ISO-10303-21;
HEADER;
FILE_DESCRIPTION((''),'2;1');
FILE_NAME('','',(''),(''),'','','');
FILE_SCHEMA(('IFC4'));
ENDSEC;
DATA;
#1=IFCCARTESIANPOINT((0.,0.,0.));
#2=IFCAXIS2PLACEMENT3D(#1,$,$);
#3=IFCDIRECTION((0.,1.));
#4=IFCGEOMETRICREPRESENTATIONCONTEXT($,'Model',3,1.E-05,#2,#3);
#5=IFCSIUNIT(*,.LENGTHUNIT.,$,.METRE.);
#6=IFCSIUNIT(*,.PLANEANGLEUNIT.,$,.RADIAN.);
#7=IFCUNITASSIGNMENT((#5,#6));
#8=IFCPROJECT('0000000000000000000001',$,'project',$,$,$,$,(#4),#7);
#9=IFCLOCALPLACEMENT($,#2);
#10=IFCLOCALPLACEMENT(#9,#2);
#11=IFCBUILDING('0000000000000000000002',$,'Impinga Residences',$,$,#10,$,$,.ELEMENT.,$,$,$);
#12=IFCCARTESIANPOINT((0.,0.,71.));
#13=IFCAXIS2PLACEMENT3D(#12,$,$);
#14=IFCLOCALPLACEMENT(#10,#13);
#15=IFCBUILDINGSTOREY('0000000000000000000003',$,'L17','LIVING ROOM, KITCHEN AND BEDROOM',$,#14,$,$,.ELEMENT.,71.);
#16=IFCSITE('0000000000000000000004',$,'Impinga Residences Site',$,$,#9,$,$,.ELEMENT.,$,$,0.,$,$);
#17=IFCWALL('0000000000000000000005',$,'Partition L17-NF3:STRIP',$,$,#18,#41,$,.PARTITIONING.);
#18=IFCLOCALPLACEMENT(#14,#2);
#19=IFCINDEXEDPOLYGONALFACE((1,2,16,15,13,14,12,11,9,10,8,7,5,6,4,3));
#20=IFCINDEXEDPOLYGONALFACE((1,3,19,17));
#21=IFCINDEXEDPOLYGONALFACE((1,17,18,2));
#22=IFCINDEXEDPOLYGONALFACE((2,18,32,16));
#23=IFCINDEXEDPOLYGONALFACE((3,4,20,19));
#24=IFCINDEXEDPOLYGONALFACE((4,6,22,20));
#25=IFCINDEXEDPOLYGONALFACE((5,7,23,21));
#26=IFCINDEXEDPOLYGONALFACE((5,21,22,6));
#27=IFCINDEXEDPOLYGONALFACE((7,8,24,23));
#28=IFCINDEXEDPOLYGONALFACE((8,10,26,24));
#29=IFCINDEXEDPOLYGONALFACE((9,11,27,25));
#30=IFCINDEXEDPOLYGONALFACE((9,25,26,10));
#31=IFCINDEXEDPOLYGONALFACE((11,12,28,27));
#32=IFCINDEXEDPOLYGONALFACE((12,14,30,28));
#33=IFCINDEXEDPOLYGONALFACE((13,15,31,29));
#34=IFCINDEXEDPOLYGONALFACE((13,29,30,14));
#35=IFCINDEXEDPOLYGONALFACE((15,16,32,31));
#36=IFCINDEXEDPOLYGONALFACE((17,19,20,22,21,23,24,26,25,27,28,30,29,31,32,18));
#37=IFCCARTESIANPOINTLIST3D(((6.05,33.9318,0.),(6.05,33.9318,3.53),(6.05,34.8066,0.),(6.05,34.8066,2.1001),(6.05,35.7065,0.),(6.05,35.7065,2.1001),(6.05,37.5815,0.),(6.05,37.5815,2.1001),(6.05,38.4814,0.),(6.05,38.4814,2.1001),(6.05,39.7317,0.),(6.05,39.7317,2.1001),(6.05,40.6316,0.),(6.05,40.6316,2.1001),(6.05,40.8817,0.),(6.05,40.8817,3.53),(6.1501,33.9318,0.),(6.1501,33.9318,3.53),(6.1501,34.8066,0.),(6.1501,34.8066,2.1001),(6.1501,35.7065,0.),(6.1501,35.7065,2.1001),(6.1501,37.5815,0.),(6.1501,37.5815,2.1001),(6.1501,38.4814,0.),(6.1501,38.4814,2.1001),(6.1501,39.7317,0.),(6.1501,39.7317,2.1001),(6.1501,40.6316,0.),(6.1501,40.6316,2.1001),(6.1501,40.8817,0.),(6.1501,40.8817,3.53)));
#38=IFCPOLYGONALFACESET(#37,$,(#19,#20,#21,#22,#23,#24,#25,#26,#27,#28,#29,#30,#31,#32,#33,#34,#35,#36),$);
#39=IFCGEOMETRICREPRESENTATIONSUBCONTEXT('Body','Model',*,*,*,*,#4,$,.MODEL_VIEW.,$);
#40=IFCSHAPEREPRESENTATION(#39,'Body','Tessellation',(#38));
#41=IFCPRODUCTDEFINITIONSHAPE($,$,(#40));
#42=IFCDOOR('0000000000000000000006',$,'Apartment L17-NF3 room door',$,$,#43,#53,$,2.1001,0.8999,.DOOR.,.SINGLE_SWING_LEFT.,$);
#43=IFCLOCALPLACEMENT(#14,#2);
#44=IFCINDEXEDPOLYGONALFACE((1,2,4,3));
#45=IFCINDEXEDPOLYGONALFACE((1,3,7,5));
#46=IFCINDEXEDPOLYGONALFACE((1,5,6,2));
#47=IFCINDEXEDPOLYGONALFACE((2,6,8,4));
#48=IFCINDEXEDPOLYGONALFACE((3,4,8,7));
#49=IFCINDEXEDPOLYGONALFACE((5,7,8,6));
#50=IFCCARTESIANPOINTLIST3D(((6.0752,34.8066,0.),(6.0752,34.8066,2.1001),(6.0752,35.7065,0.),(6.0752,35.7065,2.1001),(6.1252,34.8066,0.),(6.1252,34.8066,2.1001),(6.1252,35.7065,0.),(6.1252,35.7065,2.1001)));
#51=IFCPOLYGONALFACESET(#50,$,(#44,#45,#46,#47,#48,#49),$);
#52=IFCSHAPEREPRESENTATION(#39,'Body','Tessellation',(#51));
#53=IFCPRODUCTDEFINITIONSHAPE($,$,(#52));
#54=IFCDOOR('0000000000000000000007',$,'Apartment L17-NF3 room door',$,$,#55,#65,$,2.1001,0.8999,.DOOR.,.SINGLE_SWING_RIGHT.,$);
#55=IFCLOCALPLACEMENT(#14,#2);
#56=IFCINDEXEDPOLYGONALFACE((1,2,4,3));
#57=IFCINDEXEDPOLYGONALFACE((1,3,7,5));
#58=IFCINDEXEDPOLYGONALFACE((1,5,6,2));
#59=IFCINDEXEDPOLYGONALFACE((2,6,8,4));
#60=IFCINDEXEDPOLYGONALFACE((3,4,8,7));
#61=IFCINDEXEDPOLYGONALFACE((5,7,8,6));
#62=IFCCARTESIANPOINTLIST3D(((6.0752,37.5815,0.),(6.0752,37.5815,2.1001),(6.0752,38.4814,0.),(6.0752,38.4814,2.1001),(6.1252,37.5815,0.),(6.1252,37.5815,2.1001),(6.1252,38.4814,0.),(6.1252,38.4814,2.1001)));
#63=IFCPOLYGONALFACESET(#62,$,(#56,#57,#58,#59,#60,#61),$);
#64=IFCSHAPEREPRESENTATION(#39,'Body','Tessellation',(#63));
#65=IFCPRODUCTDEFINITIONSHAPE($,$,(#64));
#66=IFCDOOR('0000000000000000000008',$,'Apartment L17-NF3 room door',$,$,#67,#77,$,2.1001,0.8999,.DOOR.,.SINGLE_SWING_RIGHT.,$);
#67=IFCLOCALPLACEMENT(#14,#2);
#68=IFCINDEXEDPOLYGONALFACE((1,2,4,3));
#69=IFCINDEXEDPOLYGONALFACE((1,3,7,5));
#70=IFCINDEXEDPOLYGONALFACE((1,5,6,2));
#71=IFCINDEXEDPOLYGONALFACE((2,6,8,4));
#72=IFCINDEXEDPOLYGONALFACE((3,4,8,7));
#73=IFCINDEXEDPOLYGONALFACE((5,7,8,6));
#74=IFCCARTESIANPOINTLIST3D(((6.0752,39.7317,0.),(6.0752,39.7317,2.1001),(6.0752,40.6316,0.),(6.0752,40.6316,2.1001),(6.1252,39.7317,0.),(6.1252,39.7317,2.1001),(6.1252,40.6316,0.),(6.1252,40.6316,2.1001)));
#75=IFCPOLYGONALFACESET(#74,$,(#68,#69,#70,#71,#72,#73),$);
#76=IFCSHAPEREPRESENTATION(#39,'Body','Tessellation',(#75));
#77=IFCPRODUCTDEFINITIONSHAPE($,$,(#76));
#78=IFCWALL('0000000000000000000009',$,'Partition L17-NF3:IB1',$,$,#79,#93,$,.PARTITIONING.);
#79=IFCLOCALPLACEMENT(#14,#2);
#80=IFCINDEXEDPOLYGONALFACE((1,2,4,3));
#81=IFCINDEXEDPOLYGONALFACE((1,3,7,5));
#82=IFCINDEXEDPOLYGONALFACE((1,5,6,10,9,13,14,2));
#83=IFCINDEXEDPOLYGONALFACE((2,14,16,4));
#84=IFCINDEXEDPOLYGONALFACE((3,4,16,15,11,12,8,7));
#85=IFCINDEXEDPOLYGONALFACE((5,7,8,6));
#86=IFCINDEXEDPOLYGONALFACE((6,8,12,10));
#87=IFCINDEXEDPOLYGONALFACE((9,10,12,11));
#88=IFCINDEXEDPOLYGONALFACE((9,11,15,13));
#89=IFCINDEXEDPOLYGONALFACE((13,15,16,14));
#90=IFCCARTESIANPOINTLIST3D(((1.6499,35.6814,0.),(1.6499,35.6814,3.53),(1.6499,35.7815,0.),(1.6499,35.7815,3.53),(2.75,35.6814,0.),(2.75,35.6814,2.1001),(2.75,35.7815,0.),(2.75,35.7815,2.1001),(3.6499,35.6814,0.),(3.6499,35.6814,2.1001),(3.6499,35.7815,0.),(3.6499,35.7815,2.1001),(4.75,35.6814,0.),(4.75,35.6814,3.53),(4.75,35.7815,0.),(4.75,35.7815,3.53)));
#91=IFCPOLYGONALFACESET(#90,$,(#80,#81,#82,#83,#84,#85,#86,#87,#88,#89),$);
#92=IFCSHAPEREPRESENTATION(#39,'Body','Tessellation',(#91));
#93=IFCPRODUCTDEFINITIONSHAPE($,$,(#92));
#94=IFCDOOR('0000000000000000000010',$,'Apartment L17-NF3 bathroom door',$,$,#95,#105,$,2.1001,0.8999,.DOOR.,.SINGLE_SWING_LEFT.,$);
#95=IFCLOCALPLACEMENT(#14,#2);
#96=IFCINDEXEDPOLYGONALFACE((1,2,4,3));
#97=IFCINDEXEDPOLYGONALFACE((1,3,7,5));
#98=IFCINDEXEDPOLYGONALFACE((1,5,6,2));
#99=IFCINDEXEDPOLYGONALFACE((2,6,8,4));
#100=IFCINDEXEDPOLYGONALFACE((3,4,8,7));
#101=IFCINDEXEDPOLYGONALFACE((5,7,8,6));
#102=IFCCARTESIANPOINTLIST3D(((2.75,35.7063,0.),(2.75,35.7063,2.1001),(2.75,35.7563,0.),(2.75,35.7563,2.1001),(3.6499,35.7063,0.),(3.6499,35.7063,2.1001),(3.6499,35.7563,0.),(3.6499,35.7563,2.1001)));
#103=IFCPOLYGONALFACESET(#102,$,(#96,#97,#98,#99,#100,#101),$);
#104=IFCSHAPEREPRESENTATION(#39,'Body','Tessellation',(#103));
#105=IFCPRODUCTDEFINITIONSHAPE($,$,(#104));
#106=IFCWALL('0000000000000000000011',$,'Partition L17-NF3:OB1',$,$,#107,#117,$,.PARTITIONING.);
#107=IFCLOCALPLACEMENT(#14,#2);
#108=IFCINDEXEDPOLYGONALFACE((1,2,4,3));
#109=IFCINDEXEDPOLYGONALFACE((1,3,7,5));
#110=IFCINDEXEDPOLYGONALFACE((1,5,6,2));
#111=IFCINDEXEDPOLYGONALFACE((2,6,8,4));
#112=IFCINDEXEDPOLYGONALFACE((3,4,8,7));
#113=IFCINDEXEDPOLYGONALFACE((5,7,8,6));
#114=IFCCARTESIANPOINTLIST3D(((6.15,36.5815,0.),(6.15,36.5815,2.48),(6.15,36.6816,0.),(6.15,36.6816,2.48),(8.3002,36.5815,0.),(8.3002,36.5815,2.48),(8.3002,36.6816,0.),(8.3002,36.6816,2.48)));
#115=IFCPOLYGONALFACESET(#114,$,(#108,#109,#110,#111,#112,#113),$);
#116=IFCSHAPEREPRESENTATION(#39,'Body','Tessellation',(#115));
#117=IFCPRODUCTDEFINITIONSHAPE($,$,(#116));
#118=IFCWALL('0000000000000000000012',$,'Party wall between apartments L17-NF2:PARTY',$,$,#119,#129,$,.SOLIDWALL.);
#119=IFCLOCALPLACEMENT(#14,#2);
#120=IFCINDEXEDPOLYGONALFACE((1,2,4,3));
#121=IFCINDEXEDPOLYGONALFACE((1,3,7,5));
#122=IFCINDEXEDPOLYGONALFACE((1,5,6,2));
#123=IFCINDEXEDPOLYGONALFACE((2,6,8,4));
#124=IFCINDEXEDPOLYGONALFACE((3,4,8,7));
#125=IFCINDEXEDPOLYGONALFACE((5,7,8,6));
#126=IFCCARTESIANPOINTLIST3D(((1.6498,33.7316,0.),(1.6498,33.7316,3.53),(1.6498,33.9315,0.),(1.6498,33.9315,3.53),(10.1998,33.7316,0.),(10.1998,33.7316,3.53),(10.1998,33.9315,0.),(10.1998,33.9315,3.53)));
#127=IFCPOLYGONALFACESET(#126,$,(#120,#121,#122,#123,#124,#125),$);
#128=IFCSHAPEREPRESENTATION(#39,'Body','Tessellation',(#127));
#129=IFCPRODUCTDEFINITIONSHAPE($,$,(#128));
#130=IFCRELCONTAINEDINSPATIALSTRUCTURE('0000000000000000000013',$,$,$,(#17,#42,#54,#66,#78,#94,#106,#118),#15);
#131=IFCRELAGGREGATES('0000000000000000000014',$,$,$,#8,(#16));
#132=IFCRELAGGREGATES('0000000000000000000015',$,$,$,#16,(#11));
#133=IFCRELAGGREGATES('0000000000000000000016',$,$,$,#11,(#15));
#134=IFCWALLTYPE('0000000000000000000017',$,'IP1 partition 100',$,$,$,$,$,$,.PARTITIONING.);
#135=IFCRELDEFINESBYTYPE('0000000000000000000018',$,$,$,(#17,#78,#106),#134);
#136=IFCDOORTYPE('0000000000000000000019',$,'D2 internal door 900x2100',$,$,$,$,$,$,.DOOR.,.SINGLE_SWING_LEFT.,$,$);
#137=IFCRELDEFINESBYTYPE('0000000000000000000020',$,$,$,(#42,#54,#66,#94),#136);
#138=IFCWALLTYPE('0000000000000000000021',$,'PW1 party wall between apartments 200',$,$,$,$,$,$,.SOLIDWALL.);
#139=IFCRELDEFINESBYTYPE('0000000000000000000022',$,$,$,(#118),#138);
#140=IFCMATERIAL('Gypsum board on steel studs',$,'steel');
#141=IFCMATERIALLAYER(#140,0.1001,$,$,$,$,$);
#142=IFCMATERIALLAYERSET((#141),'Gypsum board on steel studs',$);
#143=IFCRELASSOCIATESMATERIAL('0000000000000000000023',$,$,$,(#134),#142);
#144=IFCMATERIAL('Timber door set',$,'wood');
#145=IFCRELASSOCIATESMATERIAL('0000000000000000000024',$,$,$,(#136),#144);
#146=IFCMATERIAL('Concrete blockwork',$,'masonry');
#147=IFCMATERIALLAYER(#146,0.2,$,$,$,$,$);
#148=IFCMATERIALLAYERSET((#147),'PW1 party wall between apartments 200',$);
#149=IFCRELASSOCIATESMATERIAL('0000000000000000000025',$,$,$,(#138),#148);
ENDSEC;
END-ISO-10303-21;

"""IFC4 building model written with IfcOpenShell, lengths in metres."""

from ifc_helpers import new_model, si_unit, direction, frame, frame_2d, origin, place, context, subcontext, project, spatial, rectangle, extrude, material, layer, layer_set, type_object, element, fill, save


model = new_model("IFC4")

# Units and contexts
model_context = context("Model", 3, precision=1e-05, world=origin(), true_north=direction((0.0, 1.0)))
body_context = subcontext(model_context, "Body", "Model", "MODEL_VIEW")
ifc_project = project(units=[si_unit("LENGTHUNIT", "METRE"), si_unit("PLANEANGLEUNIT", "RADIAN")], contexts=[model_context])

# Site, building, storey
site_placement = place(None, origin())
site = spatial("IfcSite", under=ifc_project, at=site_placement, Name="Impinga Residences Site", CompositionType="ELEMENT", RefElevation=0.0)
building_placement = place(site_placement, origin())
building = spatial("IfcBuilding", under=site, at=building_placement, Name="Impinga Residences", CompositionType="ELEMENT")
storey_placement = place(building_placement, frame((0.0, 0.0, 71.0)))
storey = spatial("IfcBuildingStorey", under=building, at=storey_placement, Name="L17", Description="LIVING ROOM, KITCHEN AND BEDROOM", CompositionType="ELEMENT", Elevation=71.0)

# Shared definitions
ifc_material_1 = material(Name="Gypsum board on steel studs", Category="steel")
ifc_layer_1 = layer(ifc_material_1, 0.1001)
ifc_layer_set_1 = layer_set([ifc_layer_1], Name="Gypsum board on steel studs")
wall_type_1 = type_object("IfcWallType", Name="IP1 partition 100", PredefinedType="PARTITIONING", material=ifc_layer_set_1)

# Shared definitions
ifc_material_2 = material(Name="Timber door set", Category="wood")
door_type = type_object("IfcDoorType", Name="D2 internal door 900x2100", OperationType="SINGLE_SWING_LEFT", PredefinedType="DOOR", material=ifc_material_2)

# Wall, openings, doors
wall_1_placement = place(storey_placement, frame((6.1001, 33.9316, 0.0), z_axis=(0.0, 0.0, 1.0), x_axis=(0.0, 1.0, 0.0)))
wall_1 = element("IfcWall", 1, at=wall_1_placement, inside=storey, type_object=wall_type_1, Name="Partition L17-NF3:STRIP", PredefinedType="PARTITIONING", context=body_context, shape_type="SweptSolid", body=[
    extrude(rectangle(XDim=6.95, YDim=0.1001, at=frame_2d((3.4751, 0.0))), origin(), (0.0, 0.0, 1.0), 3.53),
])
opening_1_placement = place(wall_1_placement, frame((0.875, 0.0, 0.0)))
opening_1 = element("IfcOpeningElement", 2, at=opening_1_placement, cuts=wall_1, PredefinedType="OPENING", context=body_context, shape_type="SweptSolid", body=[
    extrude(rectangle(XDim=0.8999, YDim=2.1001, at=frame_2d((0.45, 1.05))), frame((0.0, 0.0601, 0.0), z_axis=(0.0, -1.0, 0.0), x_axis=(1.0, 0.0, 0.0)), (0.0, 0.0, 1.0), 0.1201),
])
opening_2_placement = place(wall_1_placement, frame((3.6499, 0.0, 0.0)))
opening_2 = element("IfcOpeningElement", 3, at=opening_2_placement, cuts=wall_1, PredefinedType="OPENING", context=body_context, shape_type="SweptSolid", body=[
    extrude(rectangle(XDim=0.8999, YDim=2.1001, at=frame_2d((0.45, 1.05))), frame((0.0, 0.0601, 0.0), z_axis=(0.0, -1.0, 0.0), x_axis=(1.0, 0.0, 0.0)), (0.0, 0.0, 1.0), 0.1201),
])
opening_3_placement = place(wall_1_placement, frame((5.8, 0.0, 0.0)))
opening_3 = element("IfcOpeningElement", 4, at=opening_3_placement, cuts=wall_1, PredefinedType="OPENING", context=body_context, shape_type="SweptSolid", body=[
    extrude(rectangle(XDim=0.8999, YDim=2.1001, at=frame_2d((0.45, 1.05))), frame((0.0, 0.0601, 0.0), z_axis=(0.0, -1.0, 0.0), x_axis=(1.0, 0.0, 0.0)), (0.0, 0.0, 1.0), 0.1201),
])
door_1_placement = place(opening_1_placement, origin())
door_1 = element("IfcDoor", 5, at=door_1_placement, inside=storey, type_object=door_type, Name="Apartment L17-NF3 room door", OperationType="SINGLE_SWING_LEFT", OverallHeight=2.1001, OverallWidth=0.8999, PredefinedType="DOOR", context=body_context, shape_type="SweptSolid", body=[
    extrude(rectangle(XDim=0.8999, YDim=2.1001, at=frame_2d((0.45, 1.05))), frame((0.0, 0.0249, 0.0), z_axis=(0.0, -1.0, 0.0), x_axis=(1.0, 0.0, 0.0)), (0.0, 0.0, 1.0), 0.05),
])
fill(opening_1, door_1)
door_2_placement = place(opening_2_placement, origin())
door_2 = element("IfcDoor", 6, at=door_2_placement, inside=storey, type_object=door_type, Name="Apartment L17-NF3 room door", OperationType="SINGLE_SWING_RIGHT", OverallHeight=2.1001, OverallWidth=0.8999, PredefinedType="DOOR", context=body_context, shape_type="SweptSolid", body=[
    extrude(rectangle(XDim=0.8999, YDim=2.1001, at=frame_2d((0.45, 1.05))), frame((0.0, 0.0249, 0.0), z_axis=(0.0, -1.0, 0.0), x_axis=(1.0, 0.0, 0.0)), (0.0, 0.0, 1.0), 0.05),
])
fill(opening_2, door_2)
door_3_placement = place(opening_3_placement, origin())
door_3 = element("IfcDoor", 7, at=door_3_placement, inside=storey, type_object=door_type, Name="Apartment L17-NF3 room door", OperationType="SINGLE_SWING_RIGHT", OverallHeight=2.1001, OverallWidth=0.8999, PredefinedType="DOOR", context=body_context, shape_type="SweptSolid", body=[
    extrude(rectangle(XDim=0.8999, YDim=2.1001, at=frame_2d((0.45, 1.05))), frame((0.0, 0.0249, 0.0), z_axis=(0.0, -1.0, 0.0), x_axis=(1.0, 0.0, 0.0)), (0.0, 0.0, 1.0), 0.05),
])
fill(opening_3, door_3)

# Wall, opening, door
wall_2_placement = place(storey_placement, frame((1.6499, 35.7314, 0.0), z_axis=(0.0, 0.0, 1.0), x_axis=(1.0, 0.0, 0.0)))
wall_2 = element("IfcWall", 8, at=wall_2_placement, inside=storey, type_object=wall_type_1, Name="Partition L17-NF3:IB1", PredefinedType="PARTITIONING", context=body_context, shape_type="SweptSolid", body=[
    extrude(rectangle(XDim=3.1001, YDim=0.1001, at=frame_2d((1.55, 0.0))), origin(), (0.0, 0.0, 1.0), 3.53),
])
opening_4_placement = place(wall_2_placement, frame((1.1001, 0.0, 0.0)))
opening_4 = element("IfcOpeningElement", 9, at=opening_4_placement, cuts=wall_2, PredefinedType="OPENING", context=body_context, shape_type="SweptSolid", body=[
    extrude(rectangle(XDim=0.8999, YDim=2.1001, at=frame_2d((0.45, 1.05))), frame((0.0, 0.0601, 0.0), z_axis=(0.0, -1.0, 0.0), x_axis=(1.0, 0.0, 0.0)), (0.0, 0.0, 1.0), 0.1201),
])
door_4_placement = place(opening_4_placement, origin())
door_4 = element("IfcDoor", 10, at=door_4_placement, inside=storey, type_object=door_type, Name="Apartment L17-NF3 bathroom door", OperationType="SINGLE_SWING_LEFT", OverallHeight=2.1001, OverallWidth=0.8999, PredefinedType="DOOR", context=body_context, shape_type="SweptSolid", body=[
    extrude(rectangle(XDim=0.8999, YDim=2.1001, at=frame_2d((0.45, 1.05))), frame((0.0, 0.0249, 0.0), z_axis=(0.0, -1.0, 0.0), x_axis=(1.0, 0.0, 0.0)), (0.0, 0.0, 1.0), 0.05),
])
fill(opening_4, door_4)

# Walls
wall_3_placement = place(storey_placement, frame((6.1499, 36.6316, 0.0), z_axis=(0.0, 0.0, 1.0), x_axis=(1.0, 0.0, 0.0)))
element("IfcWall", 11, at=wall_3_placement, inside=storey, type_object=wall_type_1, Name="Partition L17-NF3:OB1", PredefinedType="PARTITIONING", context=body_context, shape_type="SweptSolid", body=[
    extrude(rectangle(XDim=2.1501, YDim=0.1001, at=frame_2d((1.0752, 0.0))), origin(), (0.0, 0.0, 1.0), 2.48),
])
ifc_material_3 = material(Name="Concrete blockwork", Category="masonry")
ifc_layer_2 = layer(ifc_material_3, 0.2)
ifc_layer_set_2 = layer_set([ifc_layer_2], Name="PW1 party wall between apartments 200")
wall_type_2 = type_object("IfcWallType", Name="PW1 party wall between apartments 200", PredefinedType="SOLIDWALL", material=ifc_layer_set_2)
wall_4_placement = place(storey_placement, frame((1.6499, 33.8315, 0.0), z_axis=(0.0, 0.0, 1.0), x_axis=(1.0, 0.0, 0.0)))
element("IfcWall", 12, at=wall_4_placement, inside=storey, type_object=wall_type_2, Name="Party wall between apartments L17-NF2:PARTY", PredefinedType="SOLIDWALL", context=body_context, shape_type="SweptSolid", body=[
    extrude(rectangle(XDim=8.55, YDim=0.2, at=frame_2d((4.2749, 0.0))), origin(), (0.0, 0.0, 1.0), 3.53),
])

save(model, "model.ifc")
